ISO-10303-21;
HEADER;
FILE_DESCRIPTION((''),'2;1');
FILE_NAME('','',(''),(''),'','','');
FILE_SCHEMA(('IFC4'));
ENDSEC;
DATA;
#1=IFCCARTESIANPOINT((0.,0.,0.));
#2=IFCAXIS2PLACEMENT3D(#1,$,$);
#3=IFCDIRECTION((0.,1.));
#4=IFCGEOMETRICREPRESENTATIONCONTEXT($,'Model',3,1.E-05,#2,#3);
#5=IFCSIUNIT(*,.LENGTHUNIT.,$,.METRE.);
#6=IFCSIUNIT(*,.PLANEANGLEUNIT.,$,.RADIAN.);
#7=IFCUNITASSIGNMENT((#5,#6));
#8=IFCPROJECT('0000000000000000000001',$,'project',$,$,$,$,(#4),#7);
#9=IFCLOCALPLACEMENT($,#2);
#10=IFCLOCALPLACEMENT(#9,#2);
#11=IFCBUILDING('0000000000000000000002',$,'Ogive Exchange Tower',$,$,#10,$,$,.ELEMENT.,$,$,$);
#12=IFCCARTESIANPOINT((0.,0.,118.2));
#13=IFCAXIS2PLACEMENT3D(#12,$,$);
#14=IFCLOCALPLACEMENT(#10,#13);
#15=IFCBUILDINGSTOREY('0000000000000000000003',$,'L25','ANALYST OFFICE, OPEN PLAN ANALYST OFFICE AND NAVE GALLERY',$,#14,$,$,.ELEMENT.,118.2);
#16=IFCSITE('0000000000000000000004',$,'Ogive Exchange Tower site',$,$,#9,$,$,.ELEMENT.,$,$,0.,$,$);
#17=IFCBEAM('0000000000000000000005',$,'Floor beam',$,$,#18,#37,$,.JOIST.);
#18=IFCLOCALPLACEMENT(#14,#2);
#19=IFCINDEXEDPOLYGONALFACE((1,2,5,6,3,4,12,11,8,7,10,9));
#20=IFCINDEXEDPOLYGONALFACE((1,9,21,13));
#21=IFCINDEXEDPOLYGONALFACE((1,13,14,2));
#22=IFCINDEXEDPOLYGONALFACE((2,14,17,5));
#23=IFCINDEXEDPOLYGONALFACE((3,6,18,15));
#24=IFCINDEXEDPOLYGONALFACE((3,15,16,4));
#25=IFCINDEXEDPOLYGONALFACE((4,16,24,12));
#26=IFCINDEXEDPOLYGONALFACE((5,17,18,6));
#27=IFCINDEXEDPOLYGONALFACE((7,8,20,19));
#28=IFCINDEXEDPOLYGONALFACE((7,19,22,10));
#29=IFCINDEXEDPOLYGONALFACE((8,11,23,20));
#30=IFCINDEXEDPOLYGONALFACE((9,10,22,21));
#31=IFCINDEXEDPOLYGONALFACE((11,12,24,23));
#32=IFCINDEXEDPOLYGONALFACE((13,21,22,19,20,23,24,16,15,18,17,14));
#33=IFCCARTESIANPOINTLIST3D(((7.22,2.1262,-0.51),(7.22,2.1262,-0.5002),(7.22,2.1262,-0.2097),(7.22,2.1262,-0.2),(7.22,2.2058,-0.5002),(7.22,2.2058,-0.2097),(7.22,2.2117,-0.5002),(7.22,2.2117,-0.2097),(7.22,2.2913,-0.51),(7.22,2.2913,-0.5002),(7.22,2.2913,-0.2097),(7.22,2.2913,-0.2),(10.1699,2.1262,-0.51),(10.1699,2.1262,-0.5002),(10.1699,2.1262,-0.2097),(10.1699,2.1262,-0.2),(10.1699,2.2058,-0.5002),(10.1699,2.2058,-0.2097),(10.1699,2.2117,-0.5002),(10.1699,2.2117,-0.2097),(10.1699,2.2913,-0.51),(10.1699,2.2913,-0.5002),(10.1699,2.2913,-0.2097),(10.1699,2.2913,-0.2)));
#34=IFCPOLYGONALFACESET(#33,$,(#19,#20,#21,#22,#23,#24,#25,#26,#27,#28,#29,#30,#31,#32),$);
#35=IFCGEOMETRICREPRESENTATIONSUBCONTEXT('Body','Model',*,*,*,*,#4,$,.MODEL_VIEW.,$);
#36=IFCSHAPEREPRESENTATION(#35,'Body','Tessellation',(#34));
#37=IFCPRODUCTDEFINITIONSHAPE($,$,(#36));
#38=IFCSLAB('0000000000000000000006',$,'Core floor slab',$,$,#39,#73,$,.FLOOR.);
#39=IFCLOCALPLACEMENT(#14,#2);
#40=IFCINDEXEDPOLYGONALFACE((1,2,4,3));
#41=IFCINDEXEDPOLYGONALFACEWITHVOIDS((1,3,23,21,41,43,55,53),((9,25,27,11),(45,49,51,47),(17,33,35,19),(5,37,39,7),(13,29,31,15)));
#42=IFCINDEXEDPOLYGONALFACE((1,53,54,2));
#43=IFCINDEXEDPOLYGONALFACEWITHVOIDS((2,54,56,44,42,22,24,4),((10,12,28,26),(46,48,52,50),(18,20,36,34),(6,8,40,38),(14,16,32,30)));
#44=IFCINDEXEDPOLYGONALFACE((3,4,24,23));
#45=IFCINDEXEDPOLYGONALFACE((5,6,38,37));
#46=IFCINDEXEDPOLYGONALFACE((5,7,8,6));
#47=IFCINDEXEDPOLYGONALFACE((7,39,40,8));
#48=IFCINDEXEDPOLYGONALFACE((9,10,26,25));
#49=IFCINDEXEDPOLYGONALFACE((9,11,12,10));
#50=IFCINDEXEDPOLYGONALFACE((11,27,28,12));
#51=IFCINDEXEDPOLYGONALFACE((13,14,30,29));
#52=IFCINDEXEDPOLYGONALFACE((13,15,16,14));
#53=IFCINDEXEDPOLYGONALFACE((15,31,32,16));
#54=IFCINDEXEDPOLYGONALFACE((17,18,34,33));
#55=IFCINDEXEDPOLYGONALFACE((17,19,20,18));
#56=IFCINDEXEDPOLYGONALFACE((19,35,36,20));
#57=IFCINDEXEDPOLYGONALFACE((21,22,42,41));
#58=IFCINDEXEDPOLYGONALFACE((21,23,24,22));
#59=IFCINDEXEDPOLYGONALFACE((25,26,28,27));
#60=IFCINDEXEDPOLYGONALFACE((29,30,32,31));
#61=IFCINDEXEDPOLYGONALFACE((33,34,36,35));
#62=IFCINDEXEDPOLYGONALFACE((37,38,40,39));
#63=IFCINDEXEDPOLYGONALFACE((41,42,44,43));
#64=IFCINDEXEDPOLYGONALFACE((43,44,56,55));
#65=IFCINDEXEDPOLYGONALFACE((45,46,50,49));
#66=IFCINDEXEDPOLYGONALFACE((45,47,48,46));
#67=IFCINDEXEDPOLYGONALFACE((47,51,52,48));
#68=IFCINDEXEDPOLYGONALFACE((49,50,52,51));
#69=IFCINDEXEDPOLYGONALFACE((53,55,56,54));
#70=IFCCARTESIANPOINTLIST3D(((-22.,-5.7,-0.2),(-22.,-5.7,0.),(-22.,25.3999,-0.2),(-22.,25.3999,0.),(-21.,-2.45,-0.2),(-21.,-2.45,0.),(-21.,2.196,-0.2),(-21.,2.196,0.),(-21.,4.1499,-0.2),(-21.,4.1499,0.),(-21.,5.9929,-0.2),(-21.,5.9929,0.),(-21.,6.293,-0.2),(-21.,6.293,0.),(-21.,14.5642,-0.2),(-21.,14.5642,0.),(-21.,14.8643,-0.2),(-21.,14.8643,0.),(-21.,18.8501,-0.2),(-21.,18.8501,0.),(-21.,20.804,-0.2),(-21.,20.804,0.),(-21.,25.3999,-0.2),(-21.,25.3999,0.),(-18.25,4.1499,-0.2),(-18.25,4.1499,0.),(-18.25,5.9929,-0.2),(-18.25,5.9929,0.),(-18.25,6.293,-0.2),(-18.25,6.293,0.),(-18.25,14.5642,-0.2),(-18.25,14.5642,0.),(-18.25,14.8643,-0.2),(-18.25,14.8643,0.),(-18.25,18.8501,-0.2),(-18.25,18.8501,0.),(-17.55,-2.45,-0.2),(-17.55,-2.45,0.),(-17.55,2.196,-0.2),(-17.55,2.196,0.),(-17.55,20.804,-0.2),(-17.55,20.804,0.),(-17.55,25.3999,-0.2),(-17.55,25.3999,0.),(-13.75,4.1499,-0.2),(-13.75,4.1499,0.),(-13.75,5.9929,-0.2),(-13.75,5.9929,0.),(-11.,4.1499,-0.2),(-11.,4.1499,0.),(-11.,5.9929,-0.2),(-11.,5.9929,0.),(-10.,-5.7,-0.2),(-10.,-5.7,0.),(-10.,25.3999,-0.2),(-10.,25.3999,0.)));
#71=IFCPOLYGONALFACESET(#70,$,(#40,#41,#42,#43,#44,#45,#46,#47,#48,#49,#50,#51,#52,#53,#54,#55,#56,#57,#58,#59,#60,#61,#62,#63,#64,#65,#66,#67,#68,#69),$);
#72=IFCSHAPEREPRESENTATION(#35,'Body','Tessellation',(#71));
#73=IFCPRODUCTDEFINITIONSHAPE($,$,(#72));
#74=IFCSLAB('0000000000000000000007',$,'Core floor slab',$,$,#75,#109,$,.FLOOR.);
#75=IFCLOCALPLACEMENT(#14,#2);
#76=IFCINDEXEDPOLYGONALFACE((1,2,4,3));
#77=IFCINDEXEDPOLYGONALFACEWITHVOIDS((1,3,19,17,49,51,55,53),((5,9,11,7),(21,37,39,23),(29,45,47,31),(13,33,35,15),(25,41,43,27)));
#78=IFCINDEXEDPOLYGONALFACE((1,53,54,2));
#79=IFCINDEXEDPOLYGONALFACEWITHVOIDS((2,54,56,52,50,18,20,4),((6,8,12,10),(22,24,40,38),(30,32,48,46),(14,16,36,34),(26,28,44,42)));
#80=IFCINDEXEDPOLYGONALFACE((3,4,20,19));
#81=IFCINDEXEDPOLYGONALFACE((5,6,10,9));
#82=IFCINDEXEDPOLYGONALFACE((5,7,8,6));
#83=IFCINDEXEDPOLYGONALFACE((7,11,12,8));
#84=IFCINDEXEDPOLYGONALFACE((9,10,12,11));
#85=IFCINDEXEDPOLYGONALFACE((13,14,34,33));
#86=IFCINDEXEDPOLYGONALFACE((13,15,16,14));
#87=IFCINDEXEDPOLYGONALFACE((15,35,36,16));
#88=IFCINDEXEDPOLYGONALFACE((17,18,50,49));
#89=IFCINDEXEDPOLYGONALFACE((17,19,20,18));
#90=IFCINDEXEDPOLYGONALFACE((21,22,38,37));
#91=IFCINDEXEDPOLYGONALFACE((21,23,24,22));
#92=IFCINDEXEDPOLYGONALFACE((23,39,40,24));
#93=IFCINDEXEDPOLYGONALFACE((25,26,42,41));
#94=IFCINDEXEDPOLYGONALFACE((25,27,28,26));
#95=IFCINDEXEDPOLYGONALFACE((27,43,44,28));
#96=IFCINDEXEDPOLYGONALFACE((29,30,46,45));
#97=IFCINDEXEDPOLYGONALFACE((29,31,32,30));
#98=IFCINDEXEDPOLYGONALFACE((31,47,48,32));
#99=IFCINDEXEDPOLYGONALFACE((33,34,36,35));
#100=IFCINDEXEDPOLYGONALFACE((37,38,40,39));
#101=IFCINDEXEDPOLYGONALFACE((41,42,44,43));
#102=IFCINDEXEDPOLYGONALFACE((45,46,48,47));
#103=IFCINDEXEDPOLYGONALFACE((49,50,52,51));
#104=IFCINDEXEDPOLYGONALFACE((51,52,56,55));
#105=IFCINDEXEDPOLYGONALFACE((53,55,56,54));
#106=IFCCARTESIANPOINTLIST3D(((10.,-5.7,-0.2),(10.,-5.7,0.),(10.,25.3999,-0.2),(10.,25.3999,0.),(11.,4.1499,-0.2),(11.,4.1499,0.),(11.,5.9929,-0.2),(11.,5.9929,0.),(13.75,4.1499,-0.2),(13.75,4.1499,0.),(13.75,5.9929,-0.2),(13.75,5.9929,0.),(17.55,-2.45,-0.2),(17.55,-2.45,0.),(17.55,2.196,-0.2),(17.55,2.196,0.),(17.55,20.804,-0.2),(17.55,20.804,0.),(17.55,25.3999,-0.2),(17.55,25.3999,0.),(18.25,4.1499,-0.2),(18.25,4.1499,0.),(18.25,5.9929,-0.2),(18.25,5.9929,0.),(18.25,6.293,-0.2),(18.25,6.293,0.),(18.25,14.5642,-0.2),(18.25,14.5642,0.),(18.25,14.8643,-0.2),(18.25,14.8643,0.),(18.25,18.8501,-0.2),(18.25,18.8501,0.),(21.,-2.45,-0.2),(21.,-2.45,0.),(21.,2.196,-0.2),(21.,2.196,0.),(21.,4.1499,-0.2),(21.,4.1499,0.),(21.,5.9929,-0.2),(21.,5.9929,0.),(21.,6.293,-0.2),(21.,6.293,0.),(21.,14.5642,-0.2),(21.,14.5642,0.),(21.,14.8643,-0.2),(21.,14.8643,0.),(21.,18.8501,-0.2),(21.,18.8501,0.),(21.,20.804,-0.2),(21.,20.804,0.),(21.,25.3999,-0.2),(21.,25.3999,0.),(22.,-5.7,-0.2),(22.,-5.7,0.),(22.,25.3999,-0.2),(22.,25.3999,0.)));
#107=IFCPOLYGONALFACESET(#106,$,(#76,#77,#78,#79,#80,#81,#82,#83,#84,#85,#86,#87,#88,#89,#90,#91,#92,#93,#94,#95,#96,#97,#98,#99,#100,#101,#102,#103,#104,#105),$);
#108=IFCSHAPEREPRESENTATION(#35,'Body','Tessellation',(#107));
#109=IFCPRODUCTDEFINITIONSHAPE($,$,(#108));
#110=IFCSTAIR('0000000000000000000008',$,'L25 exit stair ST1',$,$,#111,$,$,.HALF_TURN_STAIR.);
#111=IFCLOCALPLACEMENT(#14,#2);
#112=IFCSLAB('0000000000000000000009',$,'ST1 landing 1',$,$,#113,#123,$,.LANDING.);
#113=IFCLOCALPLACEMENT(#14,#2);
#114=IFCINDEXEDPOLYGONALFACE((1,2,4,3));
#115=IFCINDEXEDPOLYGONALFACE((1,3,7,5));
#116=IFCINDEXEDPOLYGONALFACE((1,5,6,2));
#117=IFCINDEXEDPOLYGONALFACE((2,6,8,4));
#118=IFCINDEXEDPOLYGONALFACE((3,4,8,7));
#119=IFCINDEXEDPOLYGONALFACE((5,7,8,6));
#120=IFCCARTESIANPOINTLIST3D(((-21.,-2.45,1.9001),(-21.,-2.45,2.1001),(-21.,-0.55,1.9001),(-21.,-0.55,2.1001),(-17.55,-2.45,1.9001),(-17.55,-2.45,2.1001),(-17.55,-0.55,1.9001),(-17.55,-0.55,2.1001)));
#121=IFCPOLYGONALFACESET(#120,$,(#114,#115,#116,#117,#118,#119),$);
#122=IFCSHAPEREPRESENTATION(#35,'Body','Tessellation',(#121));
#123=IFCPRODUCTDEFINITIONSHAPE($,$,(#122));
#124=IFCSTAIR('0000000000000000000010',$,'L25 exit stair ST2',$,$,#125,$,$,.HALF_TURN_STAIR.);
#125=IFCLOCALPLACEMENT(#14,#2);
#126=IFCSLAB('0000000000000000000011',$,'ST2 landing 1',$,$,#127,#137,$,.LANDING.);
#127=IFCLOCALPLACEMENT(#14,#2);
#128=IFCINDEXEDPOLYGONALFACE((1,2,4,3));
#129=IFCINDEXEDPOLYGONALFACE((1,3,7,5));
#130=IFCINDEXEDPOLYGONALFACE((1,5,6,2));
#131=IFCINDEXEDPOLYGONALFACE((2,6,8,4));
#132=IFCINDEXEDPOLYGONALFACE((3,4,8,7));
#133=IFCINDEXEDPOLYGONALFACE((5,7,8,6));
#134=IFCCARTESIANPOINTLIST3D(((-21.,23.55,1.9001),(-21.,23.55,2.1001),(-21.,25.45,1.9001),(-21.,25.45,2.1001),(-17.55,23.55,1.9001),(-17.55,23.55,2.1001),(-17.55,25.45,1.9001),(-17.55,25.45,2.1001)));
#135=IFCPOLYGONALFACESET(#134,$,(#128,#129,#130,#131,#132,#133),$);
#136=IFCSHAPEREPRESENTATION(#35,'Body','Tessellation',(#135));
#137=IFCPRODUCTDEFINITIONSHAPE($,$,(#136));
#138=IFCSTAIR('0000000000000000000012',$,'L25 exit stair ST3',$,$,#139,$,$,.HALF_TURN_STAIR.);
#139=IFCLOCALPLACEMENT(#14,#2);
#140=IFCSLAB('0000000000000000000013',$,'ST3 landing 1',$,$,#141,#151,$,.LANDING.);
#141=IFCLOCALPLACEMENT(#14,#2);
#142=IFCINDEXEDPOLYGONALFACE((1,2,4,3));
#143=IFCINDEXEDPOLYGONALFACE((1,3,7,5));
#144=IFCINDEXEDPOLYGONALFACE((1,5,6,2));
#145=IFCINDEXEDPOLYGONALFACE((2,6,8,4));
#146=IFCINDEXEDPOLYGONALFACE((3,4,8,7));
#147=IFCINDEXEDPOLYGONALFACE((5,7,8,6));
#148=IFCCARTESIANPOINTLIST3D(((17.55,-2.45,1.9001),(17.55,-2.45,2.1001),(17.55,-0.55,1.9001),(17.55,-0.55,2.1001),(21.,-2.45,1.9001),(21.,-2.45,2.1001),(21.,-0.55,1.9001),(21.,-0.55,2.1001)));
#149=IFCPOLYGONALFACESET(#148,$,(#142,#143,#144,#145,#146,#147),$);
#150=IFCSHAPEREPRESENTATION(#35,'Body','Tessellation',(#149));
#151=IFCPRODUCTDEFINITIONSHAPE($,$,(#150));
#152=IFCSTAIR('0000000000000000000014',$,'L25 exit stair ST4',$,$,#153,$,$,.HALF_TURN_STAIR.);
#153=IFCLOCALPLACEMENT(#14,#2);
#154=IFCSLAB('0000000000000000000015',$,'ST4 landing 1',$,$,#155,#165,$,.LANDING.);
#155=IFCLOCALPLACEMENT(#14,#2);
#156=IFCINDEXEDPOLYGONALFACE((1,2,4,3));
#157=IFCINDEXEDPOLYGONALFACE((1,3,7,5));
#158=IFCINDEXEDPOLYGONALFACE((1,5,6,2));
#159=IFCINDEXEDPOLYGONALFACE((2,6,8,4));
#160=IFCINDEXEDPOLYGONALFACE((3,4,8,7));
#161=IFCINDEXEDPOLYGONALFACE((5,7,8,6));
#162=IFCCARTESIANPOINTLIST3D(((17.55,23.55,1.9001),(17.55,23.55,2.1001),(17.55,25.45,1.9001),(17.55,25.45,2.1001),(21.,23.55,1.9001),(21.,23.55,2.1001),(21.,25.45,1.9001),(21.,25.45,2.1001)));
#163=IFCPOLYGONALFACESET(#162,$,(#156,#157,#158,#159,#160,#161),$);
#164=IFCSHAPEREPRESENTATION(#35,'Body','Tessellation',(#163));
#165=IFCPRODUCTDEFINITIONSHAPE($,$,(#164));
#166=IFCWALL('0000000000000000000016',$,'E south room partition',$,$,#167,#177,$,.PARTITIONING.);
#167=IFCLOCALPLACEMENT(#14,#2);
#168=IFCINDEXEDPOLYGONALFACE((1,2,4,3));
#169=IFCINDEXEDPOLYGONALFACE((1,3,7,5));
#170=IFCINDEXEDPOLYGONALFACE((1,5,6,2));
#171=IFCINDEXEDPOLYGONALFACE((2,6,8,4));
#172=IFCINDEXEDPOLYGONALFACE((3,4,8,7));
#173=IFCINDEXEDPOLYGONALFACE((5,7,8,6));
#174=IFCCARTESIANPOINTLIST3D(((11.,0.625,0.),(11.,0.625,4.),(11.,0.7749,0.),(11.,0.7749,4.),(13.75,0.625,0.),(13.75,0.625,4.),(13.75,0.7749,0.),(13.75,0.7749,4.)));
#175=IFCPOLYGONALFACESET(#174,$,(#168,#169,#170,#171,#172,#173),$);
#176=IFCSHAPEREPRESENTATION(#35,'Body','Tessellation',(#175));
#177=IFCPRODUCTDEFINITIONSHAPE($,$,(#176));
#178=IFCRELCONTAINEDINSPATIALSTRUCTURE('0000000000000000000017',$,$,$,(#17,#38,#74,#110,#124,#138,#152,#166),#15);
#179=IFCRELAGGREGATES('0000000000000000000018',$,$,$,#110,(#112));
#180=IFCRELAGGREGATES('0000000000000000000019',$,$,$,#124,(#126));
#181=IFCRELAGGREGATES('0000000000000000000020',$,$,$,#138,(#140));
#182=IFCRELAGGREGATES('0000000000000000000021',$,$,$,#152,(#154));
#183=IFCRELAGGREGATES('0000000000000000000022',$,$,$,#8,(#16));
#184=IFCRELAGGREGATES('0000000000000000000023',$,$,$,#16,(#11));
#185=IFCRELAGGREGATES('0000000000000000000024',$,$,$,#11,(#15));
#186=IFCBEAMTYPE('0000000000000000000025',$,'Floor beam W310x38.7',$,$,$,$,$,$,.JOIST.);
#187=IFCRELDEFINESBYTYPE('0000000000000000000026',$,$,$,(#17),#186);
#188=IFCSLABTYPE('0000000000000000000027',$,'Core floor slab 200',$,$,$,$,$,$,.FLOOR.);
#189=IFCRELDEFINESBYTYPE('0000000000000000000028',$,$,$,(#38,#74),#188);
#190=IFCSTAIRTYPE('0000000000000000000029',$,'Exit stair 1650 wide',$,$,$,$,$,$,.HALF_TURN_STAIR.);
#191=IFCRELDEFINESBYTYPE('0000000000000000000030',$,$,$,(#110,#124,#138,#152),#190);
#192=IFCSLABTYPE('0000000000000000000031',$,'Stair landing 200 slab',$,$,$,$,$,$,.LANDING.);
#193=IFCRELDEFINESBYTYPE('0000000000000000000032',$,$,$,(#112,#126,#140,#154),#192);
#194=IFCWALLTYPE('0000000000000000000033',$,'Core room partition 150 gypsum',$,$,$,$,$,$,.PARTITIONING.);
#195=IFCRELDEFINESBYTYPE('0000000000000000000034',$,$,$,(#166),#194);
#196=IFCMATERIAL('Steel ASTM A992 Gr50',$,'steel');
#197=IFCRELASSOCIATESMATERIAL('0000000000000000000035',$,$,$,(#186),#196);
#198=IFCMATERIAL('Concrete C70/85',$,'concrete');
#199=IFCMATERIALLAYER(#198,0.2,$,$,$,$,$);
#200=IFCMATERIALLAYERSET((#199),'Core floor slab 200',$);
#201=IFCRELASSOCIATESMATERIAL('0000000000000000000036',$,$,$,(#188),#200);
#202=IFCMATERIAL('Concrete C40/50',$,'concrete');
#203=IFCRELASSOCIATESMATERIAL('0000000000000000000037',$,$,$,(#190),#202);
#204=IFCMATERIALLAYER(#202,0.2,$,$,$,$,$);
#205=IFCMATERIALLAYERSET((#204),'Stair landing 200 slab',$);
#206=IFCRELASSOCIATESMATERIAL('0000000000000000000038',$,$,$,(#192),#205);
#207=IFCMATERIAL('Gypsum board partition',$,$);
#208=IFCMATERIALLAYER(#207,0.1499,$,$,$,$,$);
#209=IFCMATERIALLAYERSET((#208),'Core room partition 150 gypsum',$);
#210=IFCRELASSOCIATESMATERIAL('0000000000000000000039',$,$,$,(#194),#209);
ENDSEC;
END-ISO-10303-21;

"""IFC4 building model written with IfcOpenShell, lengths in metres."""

from ifc_helpers import new_model, si_unit, direction, frame, frame_2d, origin, origin_2d, place, context, subcontext, project, spatial, polyline, rectangle, i_section, outline, extrude, material, layer, layer_set, material_profile, profile_set, type_object, element, aggregate, save


model = new_model("IFC4")

# Units and contexts
model_context = context("Model", 3, precision=1e-05, world=origin(), true_north=direction((0.0, 1.0)))
body_context = subcontext(model_context, "Body", "Model", "MODEL_VIEW")
ifc_project = project(units=[si_unit("LENGTHUNIT", "METRE"), si_unit("PLANEANGLEUNIT", "RADIAN")], contexts=[model_context])

# Site, building, storey
site_placement = place(None, origin())
site = spatial("IfcSite", under=ifc_project, at=site_placement, Name="Ogive Exchange Tower site", CompositionType="ELEMENT", RefElevation=0.0)
building_placement = place(site_placement, origin())
building = spatial("IfcBuilding", under=site, at=building_placement, Name="Ogive Exchange Tower", CompositionType="ELEMENT")
storey_placement = place(building_placement, frame((0.0, 0.0, 118.2)))
storey = spatial("IfcBuildingStorey", under=building, at=storey_placement, Name="L25", Description="ANALYST OFFICE, OPEN PLAN ANALYST OFFICE AND NAVE GALLERY", CompositionType="ELEMENT", Elevation=118.2)

# Beam
ifc_material_1 = material(Name="Steel ASTM A992 Gr50", Category="steel")
ifc_material_profile = material_profile(ifc_material_1, i_section(OverallWidth=0.165, OverallDepth=0.3101, WebThickness=0.0059, FlangeThickness=0.0098, at=origin_2d()), Name="W310x38.7")
ifc_profile_set = profile_set([ifc_material_profile], Name="Steel ASTM A992 Gr50")
beam_type = type_object("IfcBeamType", Name="Floor beam W310x38.7", PredefinedType="JOIST", material=ifc_profile_set)
beam_placement = place(storey_placement, frame((7.22, 2.2087, -0.355), z_axis=(1.0, 0.0, 0.0), x_axis=(0.0, 1.0, 0.0)))
element("IfcBeam", 1, at=beam_placement, inside=storey, type_object=beam_type, Name="Floor beam", PredefinedType="JOIST", context=body_context, shape_type="SweptSolid", body=[
    extrude(i_section(OverallWidth=0.165, OverallDepth=0.3101, WebThickness=0.0059, FlangeThickness=0.0098, at=origin_2d()), origin(), (0.0, 0.0, 1.0), 2.95),
])

# Slabs
ifc_material_2 = material(Name="Concrete C70/85", Category="concrete")
ifc_layer_1 = layer(ifc_material_2, 0.2)
ifc_layer_set_1 = layer_set([ifc_layer_1], Name="Core floor slab 200")
slab_type_1 = type_object("IfcSlabType", Name="Core floor slab 200", PredefinedType="FLOOR", material=ifc_layer_set_1)
slab_1_placement = place(storey_placement, frame((0.0, 0.0, -0.2)))
element("IfcSlab", 2, at=slab_1_placement, inside=storey, type_object=slab_type_1, Name="Core floor slab", PredefinedType="FLOOR", context=body_context, shape_type="SweptSolid", body=[
    extrude(outline(polyline([(-10.0, 25.3999), (-10.0, -5.7), (-22.0, -5.7), (-22.0, 25.3999), (-21.0, 25.3999), (-21.0, 20.804), (-17.55, 20.804), (-17.55, 25.3999), (-10.0, 25.3999)]), holes=[polyline([(-17.55, 2.196), (-21.0, 2.196), (-21.0, -2.45), (-17.55, -2.45), (-17.55, 2.196)]), polyline([(-18.25, 5.9929), (-21.0, 5.9929), (-21.0, 4.1499), (-18.25, 4.1499), (-18.25, 5.9929)]), polyline([(-11.0, 5.9929), (-13.75, 5.9929), (-13.75, 4.1499), (-11.0, 4.1499), (-11.0, 5.9929)]), polyline([(-21.0, 14.5642), (-21.0, 6.293), (-18.25, 6.293), (-18.25, 14.5642), (-21.0, 14.5642)]), polyline([(-18.25, 18.8501), (-21.0, 18.8501), (-21.0, 14.8643), (-18.25, 14.8643), (-18.25, 18.8501)])]), origin(), (0.0, 0.0, 1.0), 0.2),
])
slab_2_placement = place(storey_placement, frame((0.0, 0.0, -0.2)))
element("IfcSlab", 3, at=slab_2_placement, inside=storey, type_object=slab_type_1, Name="Core floor slab", PredefinedType="FLOOR", context=body_context, shape_type="SweptSolid", body=[
    extrude(outline(polyline([(22.0, 25.3999), (22.0, -5.7), (10.0, -5.7), (10.0, 25.3999), (17.55, 25.3999), (17.55, 20.804), (21.0, 20.804), (21.0, 25.3999), (22.0, 25.3999)]), holes=[polyline([(21.0, 2.196), (17.55, 2.196), (17.55, -2.45), (21.0, -2.45), (21.0, 2.196)]), polyline([(13.75, 5.9929), (11.0, 5.9929), (11.0, 4.1499), (13.75, 4.1499), (13.75, 5.9929)]), polyline([(21.0, 5.9929), (18.25, 5.9929), (18.25, 4.1499), (21.0, 4.1499), (21.0, 5.9929)]), polyline([(18.25, 14.5642), (18.25, 6.293), (21.0, 6.293), (21.0, 14.5642), (18.25, 14.5642)]), polyline([(21.0, 18.8501), (18.25, 18.8501), (18.25, 14.8643), (21.0, 14.8643), (21.0, 18.8501)])]), origin(), (0.0, 0.0, 1.0), 0.2),
])

# Stairs, slabs
ifc_material_3 = material(Name="Concrete C40/50", Category="concrete")
stair_type = type_object("IfcStairType", Name="Exit stair 1650 wide", PredefinedType="HALF_TURN_STAIR", material=ifc_material_3)
stair_1_placement = place(storey_placement, origin())
stair_1 = element("IfcStair", 4, at=stair_1_placement, inside=storey, type_object=stair_type, Name="L25 exit stair ST1", PredefinedType="HALF_TURN_STAIR")
ifc_layer_2 = layer(ifc_material_3, 0.2)
ifc_layer_set_2 = layer_set([ifc_layer_2], Name="Stair landing 200 slab")
slab_type_2 = type_object("IfcSlabType", Name="Stair landing 200 slab", PredefinedType="LANDING", material=ifc_layer_set_2)
slab_3_placement = place(storey_placement, frame((0.0, 0.0, 1.9001)))
slab_3 = element("IfcSlab", 5, at=slab_3_placement, type_object=slab_type_2, Name="ST1 landing 1", PredefinedType="LANDING", context=body_context, shape_type="SweptSolid", body=[
    extrude(outline(polyline([(-21.0, -0.55), (-21.0, -2.45), (-17.55, -2.45), (-17.55, -0.55), (-21.0, -0.55)])), origin(), (0.0, 0.0, 1.0), 0.2),
])
aggregate(stair_1, [slab_3])
stair_2_placement = place(storey_placement, origin())
stair_2 = element("IfcStair", 6, at=stair_2_placement, inside=storey, type_object=stair_type, Name="L25 exit stair ST2", PredefinedType="HALF_TURN_STAIR")
slab_4_placement = place(storey_placement, frame((0.0, 0.0, 1.9001)))
slab_4 = element("IfcSlab", 7, at=slab_4_placement, type_object=slab_type_2, Name="ST2 landing 1", PredefinedType="LANDING", context=body_context, shape_type="SweptSolid", body=[
    extrude(outline(polyline([(-17.55, 23.55), (-17.55, 25.45), (-21.0, 25.45), (-21.0, 23.55), (-17.55, 23.55)])), origin(), (0.0, 0.0, 1.0), 0.2),
])
aggregate(stair_2, [slab_4])
stair_3_placement = place(storey_placement, origin())
stair_3 = element("IfcStair", 8, at=stair_3_placement, inside=storey, type_object=stair_type, Name="L25 exit stair ST3", PredefinedType="HALF_TURN_STAIR")
slab_5_placement = place(storey_placement, frame((0.0, 0.0, 1.9001)))
slab_5 = element("IfcSlab", 9, at=slab_5_placement, type_object=slab_type_2, Name="ST3 landing 1", PredefinedType="LANDING", context=body_context, shape_type="SweptSolid", body=[
    extrude(outline(polyline([(17.55, -0.55), (17.55, -2.45), (21.0, -2.45), (21.0, -0.55), (17.55, -0.55)])), origin(), (0.0, 0.0, 1.0), 0.2),
])
aggregate(stair_3, [slab_5])
stair_4_placement = place(storey_placement, origin())
stair_4 = element("IfcStair", 10, at=stair_4_placement, inside=storey, type_object=stair_type, Name="L25 exit stair ST4", PredefinedType="HALF_TURN_STAIR")
slab_6_placement = place(storey_placement, frame((0.0, 0.0, 1.9001)))
slab_6 = element("IfcSlab", 11, at=slab_6_placement, type_object=slab_type_2, Name="ST4 landing 1", PredefinedType="LANDING", context=body_context, shape_type="SweptSolid", body=[
    extrude(outline(polyline([(21.0, 23.55), (21.0, 25.45), (17.55, 25.45), (17.55, 23.55), (21.0, 23.55)])), origin(), (0.0, 0.0, 1.0), 0.2),
])
aggregate(stair_4, [slab_6])

# Wall
ifc_material_4 = material(Name="Gypsum board partition")
ifc_layer_3 = layer(ifc_material_4, 0.1499)
ifc_layer_set_3 = layer_set([ifc_layer_3], Name="Core room partition 150 gypsum")
wall_type_1 = type_object("IfcWallType", Name="Core room partition 150 gypsum", PredefinedType="PARTITIONING", material=ifc_layer_set_3)
wall_1_placement = place(storey_placement, frame((11.0, 0.7, 0.0), z_axis=(0.0, 0.0, 1.0), x_axis=(1.0, 0.0, 0.0)))
element("IfcWall", 12, at=wall_1_placement, inside=storey, type_object=wall_type_1, Name="E south room partition", PredefinedType="PARTITIONING", context=body_context, shape_type="SweptSolid", body=[
    extrude(rectangle(XDim=2.75, YDim=0.1499, at=frame_2d((1.375, 0.0))), origin(), (0.0, 0.0, 1.0), 4.0),
])

save(model, "model.ifc")
